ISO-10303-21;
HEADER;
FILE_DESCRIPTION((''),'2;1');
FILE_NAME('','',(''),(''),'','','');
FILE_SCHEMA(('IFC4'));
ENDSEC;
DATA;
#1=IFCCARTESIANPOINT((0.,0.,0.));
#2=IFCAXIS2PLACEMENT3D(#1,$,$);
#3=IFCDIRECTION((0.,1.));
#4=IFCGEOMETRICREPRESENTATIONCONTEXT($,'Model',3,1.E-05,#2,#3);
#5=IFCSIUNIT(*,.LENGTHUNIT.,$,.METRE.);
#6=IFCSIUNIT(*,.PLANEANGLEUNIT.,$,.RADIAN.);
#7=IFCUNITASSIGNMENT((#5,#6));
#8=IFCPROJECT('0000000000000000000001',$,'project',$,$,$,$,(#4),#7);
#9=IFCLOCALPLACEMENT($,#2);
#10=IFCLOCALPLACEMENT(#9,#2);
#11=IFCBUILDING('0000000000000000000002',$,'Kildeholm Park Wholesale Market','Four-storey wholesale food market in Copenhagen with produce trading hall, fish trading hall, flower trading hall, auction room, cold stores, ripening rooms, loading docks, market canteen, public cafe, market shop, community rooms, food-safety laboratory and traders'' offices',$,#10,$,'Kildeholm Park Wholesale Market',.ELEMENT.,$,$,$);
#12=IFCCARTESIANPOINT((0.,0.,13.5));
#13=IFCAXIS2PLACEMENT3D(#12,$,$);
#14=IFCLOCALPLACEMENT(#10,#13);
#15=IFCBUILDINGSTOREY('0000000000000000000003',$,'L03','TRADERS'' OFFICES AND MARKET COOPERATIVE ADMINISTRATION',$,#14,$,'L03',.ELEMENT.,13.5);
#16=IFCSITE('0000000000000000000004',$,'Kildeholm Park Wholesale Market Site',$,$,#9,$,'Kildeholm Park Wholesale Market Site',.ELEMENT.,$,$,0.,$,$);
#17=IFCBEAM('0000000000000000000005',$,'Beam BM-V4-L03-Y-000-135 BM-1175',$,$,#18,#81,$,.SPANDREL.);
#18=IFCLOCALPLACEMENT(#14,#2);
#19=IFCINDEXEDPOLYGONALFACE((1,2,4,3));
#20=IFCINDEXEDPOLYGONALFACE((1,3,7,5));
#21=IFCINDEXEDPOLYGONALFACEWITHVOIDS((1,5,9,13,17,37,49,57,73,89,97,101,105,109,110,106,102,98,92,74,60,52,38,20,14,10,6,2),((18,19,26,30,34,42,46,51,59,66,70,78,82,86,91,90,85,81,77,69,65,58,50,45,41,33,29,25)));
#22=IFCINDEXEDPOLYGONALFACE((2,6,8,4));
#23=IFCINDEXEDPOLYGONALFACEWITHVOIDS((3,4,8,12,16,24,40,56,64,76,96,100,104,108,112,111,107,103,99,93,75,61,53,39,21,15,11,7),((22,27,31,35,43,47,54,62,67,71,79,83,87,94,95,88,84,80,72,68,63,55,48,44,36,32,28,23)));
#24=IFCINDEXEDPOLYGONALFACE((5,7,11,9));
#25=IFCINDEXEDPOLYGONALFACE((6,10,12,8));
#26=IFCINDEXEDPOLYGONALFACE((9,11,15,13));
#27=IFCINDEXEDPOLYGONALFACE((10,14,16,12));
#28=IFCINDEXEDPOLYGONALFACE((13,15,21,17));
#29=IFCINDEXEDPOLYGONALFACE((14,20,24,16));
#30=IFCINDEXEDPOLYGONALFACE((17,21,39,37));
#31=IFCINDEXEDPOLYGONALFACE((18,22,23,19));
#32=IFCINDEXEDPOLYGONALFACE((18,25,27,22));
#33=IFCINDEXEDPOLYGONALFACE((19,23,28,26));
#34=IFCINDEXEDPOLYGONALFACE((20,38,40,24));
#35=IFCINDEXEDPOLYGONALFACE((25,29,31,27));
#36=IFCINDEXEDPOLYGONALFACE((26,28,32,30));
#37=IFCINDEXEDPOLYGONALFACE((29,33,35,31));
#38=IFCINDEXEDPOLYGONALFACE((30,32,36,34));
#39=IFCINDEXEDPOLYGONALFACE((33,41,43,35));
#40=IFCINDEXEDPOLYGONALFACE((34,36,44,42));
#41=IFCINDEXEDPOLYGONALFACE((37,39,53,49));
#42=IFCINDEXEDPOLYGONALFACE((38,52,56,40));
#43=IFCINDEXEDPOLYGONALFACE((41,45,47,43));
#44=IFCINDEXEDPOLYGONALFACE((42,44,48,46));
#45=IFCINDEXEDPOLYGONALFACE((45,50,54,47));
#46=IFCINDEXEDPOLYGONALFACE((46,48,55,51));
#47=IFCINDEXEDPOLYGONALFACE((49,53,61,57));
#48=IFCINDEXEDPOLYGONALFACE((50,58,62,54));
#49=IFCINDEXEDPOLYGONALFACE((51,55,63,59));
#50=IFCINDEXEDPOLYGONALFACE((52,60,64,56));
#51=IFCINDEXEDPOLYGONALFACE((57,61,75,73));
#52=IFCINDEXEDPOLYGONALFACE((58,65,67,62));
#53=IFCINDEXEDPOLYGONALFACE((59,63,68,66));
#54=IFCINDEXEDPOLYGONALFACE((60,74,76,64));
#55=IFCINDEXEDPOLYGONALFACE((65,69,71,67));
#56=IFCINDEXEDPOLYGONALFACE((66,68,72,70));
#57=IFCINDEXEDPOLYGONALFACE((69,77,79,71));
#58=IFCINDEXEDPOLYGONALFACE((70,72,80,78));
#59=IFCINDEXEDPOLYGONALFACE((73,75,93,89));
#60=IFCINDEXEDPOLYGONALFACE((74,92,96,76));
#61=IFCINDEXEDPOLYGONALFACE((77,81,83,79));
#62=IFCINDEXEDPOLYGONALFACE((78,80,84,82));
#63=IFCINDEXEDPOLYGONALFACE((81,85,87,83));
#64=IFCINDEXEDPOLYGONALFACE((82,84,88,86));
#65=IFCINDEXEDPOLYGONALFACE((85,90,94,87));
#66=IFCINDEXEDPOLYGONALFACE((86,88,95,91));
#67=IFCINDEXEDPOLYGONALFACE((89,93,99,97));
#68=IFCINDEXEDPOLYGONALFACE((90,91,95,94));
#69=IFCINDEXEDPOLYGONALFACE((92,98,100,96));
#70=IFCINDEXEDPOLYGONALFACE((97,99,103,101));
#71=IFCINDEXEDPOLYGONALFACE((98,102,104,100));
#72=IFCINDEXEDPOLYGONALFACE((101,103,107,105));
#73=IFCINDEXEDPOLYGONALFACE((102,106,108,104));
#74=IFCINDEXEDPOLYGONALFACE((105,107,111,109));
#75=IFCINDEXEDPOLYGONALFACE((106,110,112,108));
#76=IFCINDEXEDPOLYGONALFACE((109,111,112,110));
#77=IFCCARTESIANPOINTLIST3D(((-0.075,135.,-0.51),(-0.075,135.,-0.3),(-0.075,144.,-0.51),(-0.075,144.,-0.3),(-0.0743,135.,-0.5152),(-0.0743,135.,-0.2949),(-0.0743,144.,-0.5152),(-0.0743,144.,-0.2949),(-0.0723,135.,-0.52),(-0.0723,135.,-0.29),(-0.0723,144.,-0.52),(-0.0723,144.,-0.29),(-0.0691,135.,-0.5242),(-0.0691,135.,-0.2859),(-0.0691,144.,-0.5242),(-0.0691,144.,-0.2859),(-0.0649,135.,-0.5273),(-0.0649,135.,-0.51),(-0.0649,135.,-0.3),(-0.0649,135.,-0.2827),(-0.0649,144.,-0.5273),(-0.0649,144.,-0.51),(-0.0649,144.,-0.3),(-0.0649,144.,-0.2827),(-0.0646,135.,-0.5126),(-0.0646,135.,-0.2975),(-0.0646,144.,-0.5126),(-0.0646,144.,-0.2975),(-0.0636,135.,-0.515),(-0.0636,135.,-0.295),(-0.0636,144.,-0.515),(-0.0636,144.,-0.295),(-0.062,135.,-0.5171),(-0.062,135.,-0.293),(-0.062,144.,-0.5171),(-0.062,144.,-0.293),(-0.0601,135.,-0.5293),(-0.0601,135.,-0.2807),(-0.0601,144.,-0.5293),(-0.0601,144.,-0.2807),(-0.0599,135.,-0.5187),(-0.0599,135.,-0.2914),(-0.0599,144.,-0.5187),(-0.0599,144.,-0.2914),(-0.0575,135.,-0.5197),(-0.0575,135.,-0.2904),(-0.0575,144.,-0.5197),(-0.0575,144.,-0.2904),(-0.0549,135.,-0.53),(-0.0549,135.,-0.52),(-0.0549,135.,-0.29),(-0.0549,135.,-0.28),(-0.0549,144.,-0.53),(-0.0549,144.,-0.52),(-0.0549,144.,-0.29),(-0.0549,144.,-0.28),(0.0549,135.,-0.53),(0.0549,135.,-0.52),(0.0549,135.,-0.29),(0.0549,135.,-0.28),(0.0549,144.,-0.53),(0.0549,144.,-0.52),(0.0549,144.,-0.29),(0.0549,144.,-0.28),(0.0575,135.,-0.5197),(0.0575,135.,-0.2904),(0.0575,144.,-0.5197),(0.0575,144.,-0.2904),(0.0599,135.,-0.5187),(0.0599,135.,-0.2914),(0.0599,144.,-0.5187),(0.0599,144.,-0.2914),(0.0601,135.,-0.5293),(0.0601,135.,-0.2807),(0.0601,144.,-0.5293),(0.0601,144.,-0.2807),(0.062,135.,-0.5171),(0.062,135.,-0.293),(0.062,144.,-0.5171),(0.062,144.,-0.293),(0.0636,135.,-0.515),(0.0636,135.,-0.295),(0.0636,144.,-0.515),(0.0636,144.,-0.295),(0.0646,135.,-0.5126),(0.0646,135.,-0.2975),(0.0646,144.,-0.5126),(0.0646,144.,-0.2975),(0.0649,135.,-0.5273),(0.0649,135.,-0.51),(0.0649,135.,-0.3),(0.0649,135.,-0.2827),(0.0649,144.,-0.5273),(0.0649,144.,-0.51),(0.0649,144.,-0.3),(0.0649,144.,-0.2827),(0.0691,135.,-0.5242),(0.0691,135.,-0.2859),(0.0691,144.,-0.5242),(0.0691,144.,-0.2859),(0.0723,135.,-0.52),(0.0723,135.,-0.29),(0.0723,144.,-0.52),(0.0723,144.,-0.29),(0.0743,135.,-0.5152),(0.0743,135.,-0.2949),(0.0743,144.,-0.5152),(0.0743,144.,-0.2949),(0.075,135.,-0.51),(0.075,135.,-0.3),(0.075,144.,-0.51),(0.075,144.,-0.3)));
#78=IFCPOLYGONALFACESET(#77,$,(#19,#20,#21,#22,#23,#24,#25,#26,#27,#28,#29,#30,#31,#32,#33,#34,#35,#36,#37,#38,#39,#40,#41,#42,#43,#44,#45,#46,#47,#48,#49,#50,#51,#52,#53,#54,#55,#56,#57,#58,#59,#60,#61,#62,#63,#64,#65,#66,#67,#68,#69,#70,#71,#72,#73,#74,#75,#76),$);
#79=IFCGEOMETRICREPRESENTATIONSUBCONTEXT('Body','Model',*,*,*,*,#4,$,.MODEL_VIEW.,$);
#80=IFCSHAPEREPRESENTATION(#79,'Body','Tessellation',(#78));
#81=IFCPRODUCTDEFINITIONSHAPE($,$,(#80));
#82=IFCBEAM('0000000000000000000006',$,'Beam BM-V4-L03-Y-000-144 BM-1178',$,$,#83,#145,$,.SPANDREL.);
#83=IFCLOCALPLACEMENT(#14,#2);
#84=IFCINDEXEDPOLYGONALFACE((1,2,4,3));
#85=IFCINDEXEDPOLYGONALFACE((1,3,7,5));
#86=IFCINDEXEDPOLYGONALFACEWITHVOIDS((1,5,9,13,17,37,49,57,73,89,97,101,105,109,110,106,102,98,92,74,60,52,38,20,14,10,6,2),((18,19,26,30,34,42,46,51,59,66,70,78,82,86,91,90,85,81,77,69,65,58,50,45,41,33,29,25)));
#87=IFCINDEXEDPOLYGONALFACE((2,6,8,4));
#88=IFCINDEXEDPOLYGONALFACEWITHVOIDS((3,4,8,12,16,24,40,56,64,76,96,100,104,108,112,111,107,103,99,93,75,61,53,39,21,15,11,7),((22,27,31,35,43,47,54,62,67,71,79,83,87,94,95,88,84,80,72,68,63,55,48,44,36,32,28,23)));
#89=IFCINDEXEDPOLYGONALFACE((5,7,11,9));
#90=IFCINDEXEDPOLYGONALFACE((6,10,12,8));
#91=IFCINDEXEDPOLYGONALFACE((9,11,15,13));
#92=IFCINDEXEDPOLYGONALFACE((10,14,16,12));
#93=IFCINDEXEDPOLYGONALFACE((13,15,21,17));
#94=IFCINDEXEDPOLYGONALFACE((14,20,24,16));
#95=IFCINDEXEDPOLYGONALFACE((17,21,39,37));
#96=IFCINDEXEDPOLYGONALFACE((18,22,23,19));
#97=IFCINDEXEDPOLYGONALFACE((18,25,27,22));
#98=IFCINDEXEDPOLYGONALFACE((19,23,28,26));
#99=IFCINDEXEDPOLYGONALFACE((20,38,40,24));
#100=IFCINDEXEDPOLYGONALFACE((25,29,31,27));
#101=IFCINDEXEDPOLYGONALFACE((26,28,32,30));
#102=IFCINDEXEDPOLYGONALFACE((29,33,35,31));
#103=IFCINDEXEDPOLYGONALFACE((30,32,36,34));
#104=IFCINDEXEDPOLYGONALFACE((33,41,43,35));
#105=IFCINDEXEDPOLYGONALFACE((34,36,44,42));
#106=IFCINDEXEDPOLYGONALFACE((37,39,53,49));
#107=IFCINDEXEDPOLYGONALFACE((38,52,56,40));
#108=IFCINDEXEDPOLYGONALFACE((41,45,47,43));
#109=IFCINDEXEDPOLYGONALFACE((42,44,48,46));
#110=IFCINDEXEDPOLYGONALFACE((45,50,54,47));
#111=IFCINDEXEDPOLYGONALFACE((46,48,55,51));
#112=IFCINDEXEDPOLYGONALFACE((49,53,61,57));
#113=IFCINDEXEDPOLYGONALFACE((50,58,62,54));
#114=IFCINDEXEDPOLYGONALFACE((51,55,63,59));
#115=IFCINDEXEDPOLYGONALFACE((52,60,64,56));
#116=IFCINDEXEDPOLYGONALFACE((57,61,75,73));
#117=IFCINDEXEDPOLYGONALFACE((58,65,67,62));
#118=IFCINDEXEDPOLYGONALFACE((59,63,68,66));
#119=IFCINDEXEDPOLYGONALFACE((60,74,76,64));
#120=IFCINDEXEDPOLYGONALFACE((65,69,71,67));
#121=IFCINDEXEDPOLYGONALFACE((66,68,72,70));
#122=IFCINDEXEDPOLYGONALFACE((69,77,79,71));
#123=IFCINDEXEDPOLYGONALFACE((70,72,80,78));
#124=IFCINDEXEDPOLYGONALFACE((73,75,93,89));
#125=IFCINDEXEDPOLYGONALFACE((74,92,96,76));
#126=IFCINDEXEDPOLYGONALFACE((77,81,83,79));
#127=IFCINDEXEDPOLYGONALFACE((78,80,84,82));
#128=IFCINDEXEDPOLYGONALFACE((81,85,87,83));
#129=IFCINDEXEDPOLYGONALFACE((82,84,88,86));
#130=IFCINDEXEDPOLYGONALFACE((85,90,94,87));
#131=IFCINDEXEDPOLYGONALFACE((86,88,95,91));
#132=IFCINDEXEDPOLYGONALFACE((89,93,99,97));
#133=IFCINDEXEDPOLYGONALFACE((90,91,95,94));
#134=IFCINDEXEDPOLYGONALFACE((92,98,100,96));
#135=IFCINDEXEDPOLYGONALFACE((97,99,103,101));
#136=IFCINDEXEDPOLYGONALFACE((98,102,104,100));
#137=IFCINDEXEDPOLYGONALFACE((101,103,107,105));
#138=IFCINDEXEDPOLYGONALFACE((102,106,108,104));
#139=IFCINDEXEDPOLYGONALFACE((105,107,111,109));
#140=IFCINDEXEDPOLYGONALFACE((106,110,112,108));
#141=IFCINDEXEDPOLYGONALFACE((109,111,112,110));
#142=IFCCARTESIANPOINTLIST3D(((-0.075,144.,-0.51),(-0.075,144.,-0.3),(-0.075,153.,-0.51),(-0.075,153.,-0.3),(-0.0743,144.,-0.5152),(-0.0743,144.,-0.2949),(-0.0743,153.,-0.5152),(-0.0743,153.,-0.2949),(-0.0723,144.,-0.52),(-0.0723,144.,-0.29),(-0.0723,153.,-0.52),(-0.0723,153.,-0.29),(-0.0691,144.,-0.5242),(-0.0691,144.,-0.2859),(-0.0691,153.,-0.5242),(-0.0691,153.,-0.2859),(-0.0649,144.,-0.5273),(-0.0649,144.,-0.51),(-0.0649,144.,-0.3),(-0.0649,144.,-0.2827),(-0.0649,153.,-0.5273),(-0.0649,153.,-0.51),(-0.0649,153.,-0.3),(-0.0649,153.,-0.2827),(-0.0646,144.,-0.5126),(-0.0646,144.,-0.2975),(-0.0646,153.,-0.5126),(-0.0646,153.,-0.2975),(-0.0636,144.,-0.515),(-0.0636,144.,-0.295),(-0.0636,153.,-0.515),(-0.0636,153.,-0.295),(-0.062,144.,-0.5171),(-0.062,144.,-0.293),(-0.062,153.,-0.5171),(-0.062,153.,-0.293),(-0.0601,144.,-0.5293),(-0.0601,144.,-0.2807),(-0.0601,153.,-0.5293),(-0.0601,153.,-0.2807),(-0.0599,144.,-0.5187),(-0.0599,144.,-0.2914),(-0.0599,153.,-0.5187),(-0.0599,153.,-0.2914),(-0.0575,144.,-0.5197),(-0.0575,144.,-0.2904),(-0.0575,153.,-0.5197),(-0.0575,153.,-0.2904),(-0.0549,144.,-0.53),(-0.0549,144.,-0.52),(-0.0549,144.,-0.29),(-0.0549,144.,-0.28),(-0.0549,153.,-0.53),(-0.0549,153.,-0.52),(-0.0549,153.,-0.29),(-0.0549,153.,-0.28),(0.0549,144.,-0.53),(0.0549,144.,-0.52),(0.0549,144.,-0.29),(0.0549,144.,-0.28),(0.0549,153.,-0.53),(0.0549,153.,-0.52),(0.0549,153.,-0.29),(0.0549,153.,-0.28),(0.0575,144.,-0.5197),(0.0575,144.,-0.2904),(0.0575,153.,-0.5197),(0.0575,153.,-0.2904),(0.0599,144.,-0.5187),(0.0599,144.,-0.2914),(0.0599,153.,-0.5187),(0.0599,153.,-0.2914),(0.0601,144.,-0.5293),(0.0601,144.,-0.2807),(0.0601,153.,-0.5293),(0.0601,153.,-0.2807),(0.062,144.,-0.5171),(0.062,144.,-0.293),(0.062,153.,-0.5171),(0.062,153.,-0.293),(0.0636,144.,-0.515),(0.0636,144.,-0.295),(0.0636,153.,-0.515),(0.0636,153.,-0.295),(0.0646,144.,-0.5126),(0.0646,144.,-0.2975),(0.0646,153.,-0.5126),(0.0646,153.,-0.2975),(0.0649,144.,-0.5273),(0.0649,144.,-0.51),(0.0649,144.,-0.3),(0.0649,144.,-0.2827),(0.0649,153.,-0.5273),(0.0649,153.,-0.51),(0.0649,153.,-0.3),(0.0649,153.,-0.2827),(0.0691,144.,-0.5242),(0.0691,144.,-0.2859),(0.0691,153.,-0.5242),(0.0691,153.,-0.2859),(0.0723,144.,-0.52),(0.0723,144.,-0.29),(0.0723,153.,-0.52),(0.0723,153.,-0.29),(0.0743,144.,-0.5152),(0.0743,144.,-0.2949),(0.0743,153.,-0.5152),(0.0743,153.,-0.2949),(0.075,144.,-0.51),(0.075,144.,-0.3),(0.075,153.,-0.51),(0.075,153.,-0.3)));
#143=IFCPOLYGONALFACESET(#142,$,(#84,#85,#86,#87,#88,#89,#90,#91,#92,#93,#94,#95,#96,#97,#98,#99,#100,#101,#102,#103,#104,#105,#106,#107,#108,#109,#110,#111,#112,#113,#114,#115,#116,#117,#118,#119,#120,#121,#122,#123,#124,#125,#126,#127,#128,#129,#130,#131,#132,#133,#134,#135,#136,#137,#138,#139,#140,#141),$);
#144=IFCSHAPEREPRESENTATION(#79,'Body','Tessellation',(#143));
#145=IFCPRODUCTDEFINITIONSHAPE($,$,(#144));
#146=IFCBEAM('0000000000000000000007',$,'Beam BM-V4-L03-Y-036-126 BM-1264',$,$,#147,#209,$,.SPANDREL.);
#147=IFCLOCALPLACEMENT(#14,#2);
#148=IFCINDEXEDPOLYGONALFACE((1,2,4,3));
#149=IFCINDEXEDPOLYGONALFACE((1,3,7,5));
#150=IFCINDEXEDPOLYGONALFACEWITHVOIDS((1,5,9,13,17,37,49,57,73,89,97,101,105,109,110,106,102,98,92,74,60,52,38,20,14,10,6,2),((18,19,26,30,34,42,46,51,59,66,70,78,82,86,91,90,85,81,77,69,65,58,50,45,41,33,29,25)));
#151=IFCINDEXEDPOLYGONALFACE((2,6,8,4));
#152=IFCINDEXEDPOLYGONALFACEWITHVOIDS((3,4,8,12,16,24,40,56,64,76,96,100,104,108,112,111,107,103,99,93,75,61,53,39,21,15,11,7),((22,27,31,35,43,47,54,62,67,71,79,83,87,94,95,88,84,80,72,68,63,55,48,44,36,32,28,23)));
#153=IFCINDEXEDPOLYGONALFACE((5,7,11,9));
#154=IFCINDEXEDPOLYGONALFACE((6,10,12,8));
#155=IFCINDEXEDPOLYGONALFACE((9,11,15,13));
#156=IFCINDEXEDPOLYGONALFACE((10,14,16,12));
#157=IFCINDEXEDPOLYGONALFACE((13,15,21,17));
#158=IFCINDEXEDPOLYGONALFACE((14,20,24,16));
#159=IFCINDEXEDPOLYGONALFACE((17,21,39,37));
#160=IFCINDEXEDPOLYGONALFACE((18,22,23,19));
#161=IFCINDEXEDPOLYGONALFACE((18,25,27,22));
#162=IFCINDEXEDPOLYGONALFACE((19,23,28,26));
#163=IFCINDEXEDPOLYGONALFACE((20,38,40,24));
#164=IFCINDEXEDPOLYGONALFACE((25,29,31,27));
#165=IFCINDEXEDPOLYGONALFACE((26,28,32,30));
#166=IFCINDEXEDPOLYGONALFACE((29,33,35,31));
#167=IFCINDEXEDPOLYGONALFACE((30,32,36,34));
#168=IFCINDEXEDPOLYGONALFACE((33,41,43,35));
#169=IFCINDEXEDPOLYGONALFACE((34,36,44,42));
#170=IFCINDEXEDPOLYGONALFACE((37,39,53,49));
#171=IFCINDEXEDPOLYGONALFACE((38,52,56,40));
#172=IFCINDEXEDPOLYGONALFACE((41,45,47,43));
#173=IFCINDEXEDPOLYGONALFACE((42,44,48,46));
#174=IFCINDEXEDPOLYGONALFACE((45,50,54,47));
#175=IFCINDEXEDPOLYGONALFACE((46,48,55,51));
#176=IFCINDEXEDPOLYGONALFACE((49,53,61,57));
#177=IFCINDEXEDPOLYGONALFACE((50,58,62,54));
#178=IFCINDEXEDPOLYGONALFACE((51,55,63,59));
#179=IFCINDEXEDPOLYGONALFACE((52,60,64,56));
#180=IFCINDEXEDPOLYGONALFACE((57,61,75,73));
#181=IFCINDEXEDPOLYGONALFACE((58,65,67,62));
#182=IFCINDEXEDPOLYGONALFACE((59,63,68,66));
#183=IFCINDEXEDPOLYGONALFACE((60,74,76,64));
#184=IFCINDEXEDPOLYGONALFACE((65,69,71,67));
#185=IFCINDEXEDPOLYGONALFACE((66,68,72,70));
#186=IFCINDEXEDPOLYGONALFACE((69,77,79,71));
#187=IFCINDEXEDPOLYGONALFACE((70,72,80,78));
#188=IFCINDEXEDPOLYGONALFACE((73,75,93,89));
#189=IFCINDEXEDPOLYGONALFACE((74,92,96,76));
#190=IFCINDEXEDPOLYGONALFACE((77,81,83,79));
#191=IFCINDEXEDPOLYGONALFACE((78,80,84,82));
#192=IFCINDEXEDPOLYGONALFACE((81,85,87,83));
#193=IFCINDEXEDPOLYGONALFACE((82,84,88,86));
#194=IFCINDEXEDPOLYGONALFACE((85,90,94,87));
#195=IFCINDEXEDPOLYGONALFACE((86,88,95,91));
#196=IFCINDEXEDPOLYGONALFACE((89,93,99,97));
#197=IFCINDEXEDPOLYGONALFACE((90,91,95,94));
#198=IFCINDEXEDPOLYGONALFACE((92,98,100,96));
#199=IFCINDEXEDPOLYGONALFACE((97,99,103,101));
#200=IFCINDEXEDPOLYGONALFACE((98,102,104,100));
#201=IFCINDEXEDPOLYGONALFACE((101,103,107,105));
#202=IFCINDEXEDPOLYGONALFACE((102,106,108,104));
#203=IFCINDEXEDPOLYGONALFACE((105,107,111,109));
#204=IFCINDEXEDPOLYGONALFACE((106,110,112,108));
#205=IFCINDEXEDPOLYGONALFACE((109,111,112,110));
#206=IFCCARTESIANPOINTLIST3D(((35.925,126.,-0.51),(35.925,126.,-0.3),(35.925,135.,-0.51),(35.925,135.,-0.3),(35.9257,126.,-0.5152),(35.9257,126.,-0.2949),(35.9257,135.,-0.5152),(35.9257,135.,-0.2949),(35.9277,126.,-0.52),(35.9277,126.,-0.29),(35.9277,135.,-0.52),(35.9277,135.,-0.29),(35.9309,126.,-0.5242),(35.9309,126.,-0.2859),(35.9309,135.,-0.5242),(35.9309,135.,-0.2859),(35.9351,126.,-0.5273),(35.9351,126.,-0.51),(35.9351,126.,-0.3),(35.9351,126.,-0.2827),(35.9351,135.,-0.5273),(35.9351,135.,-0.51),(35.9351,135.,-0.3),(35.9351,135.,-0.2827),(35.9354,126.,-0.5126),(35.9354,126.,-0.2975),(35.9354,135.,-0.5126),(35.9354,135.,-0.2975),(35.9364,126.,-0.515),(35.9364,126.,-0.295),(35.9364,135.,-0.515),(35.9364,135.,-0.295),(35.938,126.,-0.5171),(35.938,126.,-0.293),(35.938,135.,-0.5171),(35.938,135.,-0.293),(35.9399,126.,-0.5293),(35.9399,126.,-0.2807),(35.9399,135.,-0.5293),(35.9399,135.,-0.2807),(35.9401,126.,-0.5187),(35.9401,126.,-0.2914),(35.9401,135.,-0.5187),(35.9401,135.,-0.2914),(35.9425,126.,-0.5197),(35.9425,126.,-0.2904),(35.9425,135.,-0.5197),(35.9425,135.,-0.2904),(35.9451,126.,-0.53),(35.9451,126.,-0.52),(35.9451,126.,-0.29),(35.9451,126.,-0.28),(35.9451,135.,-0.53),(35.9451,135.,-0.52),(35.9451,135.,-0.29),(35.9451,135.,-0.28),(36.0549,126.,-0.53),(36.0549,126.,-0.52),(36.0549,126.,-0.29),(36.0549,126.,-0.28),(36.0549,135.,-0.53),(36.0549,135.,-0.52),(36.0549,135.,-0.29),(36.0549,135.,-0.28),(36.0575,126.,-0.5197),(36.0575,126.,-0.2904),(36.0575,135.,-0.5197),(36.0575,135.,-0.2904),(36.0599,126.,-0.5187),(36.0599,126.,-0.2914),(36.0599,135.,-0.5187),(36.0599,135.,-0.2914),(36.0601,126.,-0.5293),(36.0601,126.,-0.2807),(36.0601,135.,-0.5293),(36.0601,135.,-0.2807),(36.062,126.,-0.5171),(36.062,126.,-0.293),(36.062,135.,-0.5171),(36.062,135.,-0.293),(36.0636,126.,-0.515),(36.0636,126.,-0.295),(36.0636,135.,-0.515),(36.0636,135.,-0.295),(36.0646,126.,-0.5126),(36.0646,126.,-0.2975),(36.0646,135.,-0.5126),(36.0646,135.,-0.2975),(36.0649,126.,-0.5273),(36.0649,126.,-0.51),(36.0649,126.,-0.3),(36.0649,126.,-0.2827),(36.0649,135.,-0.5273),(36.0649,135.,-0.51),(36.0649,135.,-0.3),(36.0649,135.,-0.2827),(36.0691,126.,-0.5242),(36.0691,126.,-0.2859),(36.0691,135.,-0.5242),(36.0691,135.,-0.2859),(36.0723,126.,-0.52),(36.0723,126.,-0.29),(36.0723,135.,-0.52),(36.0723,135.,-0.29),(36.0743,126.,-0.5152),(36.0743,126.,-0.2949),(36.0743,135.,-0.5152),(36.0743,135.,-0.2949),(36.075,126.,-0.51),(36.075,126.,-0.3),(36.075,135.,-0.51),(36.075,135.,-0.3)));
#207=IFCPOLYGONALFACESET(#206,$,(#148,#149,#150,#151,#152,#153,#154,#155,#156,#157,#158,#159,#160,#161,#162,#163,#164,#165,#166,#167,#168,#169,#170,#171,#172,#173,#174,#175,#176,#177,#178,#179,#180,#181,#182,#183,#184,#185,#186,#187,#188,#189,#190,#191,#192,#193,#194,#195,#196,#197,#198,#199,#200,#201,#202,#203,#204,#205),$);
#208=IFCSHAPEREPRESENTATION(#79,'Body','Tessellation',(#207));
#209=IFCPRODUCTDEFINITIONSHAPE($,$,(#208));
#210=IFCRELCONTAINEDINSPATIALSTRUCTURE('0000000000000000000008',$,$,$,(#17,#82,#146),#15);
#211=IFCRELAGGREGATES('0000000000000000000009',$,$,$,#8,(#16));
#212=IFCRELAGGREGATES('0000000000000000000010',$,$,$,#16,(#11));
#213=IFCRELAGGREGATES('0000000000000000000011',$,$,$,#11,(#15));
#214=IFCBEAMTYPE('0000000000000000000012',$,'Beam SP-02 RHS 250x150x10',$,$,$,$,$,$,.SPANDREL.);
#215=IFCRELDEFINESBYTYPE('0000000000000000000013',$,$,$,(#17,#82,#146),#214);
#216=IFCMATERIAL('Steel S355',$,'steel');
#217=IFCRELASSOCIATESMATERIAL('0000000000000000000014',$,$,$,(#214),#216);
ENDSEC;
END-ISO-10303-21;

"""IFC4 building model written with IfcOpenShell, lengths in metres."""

from ifc_helpers import new_model, si_unit, direction, frame, origin, origin_2d, place, context, subcontext, project, spatial, hollow_rectangle, extrude, material, material_profile, profile_set, type_object, element, save


model = new_model("IFC4")

# Units and contexts
model_context = context("Model", 3, precision=1e-05, world=origin(), true_north=direction((0.0, 1.0)))
body_context = subcontext(model_context, "Body", "Model", "MODEL_VIEW")
ifc_project = project(units=[si_unit("LENGTHUNIT", "METRE"), si_unit("PLANEANGLEUNIT", "RADIAN")], contexts=[model_context])

# Site, building, storey
site_placement = place(None, origin())
site = spatial("IfcSite", under=ifc_project, at=site_placement, Name="Kildeholm Park Wholesale Market Site", LongName="Kildeholm Park Wholesale Market Site", CompositionType="ELEMENT", RefElevation=0.0)
building_placement = place(site_placement, origin())
building = spatial("IfcBuilding", under=site, at=building_placement, Name="Kildeholm Park Wholesale Market", Description="Four-storey wholesale food market in Copenhagen with produce trading hall, fish trading hall, flower trading hall, auction room, cold stores, ripening rooms, loading docks, market canteen, public cafe, market shop, community rooms, food-safety laboratory and traders' offices", LongName="Kildeholm Park Wholesale Market", CompositionType="ELEMENT")
storey_placement = place(building_placement, frame((0.0, 0.0, 13.5)))
storey = spatial("IfcBuildingStorey", under=building, at=storey_placement, Name="L03", Description="TRADERS' OFFICES AND MARKET COOPERATIVE ADMINISTRATION", LongName="L03", CompositionType="ELEMENT", Elevation=13.5)

# Beams
ifc_material = material(Name="Steel S355", Category="steel")
ifc_material_profile_1 = material_profile(ifc_material, hollow_rectangle(XDim=0.1499, YDim=0.25, WallThickness=0.01, InnerFilletRadius=0.01, OuterFilletRadius=0.02, at=origin_2d()), Name="RHS 250x150x10")
ifc_profile_set_1 = profile_set([ifc_material_profile_1], Name="Steel S355")
beam_type_1 = type_object("IfcBeamType", Name="Beam SP-02 RHS 250x150x10", PredefinedType="SPANDREL", material=ifc_profile_set_1)
for number, where, z_axis, x_axis, name in (
    (1, (0.0, 135.0, -0.405), (0.0, 1.0, 0.0), (-1.0, 0.0, 0.0), "Beam BM-V4-L03-Y-000-135 BM-1175"),
    (2, (0.0, 144.0, -0.405), (0.0, 1.0, 0.0), (-1.0, 0.0, 0.0), "Beam BM-V4-L03-Y-000-144 BM-1178"),
    (3, (36.0, 126.0, -0.405), (0.0, 1.0, 0.0), (-1.0, 0.0, 0.0), "Beam BM-V4-L03-Y-036-126 BM-1264"),
):
    element("IfcBeam", number, at=place(storey_placement, frame(where, z_axis=z_axis, x_axis=x_axis)), inside=storey, type_object=beam_type_1, Name=name, PredefinedType="SPANDREL", context=body_context, shape_type="SweptSolid", body=[
        extrude(hollow_rectangle(XDim=0.1499, YDim=0.25, WallThickness=0.01, InnerFilletRadius=0.01, OuterFilletRadius=0.02, at=origin_2d()), origin(), (0.0, 0.0, 1.0), 9.0),
    ])

save(model, "model.ifc")
